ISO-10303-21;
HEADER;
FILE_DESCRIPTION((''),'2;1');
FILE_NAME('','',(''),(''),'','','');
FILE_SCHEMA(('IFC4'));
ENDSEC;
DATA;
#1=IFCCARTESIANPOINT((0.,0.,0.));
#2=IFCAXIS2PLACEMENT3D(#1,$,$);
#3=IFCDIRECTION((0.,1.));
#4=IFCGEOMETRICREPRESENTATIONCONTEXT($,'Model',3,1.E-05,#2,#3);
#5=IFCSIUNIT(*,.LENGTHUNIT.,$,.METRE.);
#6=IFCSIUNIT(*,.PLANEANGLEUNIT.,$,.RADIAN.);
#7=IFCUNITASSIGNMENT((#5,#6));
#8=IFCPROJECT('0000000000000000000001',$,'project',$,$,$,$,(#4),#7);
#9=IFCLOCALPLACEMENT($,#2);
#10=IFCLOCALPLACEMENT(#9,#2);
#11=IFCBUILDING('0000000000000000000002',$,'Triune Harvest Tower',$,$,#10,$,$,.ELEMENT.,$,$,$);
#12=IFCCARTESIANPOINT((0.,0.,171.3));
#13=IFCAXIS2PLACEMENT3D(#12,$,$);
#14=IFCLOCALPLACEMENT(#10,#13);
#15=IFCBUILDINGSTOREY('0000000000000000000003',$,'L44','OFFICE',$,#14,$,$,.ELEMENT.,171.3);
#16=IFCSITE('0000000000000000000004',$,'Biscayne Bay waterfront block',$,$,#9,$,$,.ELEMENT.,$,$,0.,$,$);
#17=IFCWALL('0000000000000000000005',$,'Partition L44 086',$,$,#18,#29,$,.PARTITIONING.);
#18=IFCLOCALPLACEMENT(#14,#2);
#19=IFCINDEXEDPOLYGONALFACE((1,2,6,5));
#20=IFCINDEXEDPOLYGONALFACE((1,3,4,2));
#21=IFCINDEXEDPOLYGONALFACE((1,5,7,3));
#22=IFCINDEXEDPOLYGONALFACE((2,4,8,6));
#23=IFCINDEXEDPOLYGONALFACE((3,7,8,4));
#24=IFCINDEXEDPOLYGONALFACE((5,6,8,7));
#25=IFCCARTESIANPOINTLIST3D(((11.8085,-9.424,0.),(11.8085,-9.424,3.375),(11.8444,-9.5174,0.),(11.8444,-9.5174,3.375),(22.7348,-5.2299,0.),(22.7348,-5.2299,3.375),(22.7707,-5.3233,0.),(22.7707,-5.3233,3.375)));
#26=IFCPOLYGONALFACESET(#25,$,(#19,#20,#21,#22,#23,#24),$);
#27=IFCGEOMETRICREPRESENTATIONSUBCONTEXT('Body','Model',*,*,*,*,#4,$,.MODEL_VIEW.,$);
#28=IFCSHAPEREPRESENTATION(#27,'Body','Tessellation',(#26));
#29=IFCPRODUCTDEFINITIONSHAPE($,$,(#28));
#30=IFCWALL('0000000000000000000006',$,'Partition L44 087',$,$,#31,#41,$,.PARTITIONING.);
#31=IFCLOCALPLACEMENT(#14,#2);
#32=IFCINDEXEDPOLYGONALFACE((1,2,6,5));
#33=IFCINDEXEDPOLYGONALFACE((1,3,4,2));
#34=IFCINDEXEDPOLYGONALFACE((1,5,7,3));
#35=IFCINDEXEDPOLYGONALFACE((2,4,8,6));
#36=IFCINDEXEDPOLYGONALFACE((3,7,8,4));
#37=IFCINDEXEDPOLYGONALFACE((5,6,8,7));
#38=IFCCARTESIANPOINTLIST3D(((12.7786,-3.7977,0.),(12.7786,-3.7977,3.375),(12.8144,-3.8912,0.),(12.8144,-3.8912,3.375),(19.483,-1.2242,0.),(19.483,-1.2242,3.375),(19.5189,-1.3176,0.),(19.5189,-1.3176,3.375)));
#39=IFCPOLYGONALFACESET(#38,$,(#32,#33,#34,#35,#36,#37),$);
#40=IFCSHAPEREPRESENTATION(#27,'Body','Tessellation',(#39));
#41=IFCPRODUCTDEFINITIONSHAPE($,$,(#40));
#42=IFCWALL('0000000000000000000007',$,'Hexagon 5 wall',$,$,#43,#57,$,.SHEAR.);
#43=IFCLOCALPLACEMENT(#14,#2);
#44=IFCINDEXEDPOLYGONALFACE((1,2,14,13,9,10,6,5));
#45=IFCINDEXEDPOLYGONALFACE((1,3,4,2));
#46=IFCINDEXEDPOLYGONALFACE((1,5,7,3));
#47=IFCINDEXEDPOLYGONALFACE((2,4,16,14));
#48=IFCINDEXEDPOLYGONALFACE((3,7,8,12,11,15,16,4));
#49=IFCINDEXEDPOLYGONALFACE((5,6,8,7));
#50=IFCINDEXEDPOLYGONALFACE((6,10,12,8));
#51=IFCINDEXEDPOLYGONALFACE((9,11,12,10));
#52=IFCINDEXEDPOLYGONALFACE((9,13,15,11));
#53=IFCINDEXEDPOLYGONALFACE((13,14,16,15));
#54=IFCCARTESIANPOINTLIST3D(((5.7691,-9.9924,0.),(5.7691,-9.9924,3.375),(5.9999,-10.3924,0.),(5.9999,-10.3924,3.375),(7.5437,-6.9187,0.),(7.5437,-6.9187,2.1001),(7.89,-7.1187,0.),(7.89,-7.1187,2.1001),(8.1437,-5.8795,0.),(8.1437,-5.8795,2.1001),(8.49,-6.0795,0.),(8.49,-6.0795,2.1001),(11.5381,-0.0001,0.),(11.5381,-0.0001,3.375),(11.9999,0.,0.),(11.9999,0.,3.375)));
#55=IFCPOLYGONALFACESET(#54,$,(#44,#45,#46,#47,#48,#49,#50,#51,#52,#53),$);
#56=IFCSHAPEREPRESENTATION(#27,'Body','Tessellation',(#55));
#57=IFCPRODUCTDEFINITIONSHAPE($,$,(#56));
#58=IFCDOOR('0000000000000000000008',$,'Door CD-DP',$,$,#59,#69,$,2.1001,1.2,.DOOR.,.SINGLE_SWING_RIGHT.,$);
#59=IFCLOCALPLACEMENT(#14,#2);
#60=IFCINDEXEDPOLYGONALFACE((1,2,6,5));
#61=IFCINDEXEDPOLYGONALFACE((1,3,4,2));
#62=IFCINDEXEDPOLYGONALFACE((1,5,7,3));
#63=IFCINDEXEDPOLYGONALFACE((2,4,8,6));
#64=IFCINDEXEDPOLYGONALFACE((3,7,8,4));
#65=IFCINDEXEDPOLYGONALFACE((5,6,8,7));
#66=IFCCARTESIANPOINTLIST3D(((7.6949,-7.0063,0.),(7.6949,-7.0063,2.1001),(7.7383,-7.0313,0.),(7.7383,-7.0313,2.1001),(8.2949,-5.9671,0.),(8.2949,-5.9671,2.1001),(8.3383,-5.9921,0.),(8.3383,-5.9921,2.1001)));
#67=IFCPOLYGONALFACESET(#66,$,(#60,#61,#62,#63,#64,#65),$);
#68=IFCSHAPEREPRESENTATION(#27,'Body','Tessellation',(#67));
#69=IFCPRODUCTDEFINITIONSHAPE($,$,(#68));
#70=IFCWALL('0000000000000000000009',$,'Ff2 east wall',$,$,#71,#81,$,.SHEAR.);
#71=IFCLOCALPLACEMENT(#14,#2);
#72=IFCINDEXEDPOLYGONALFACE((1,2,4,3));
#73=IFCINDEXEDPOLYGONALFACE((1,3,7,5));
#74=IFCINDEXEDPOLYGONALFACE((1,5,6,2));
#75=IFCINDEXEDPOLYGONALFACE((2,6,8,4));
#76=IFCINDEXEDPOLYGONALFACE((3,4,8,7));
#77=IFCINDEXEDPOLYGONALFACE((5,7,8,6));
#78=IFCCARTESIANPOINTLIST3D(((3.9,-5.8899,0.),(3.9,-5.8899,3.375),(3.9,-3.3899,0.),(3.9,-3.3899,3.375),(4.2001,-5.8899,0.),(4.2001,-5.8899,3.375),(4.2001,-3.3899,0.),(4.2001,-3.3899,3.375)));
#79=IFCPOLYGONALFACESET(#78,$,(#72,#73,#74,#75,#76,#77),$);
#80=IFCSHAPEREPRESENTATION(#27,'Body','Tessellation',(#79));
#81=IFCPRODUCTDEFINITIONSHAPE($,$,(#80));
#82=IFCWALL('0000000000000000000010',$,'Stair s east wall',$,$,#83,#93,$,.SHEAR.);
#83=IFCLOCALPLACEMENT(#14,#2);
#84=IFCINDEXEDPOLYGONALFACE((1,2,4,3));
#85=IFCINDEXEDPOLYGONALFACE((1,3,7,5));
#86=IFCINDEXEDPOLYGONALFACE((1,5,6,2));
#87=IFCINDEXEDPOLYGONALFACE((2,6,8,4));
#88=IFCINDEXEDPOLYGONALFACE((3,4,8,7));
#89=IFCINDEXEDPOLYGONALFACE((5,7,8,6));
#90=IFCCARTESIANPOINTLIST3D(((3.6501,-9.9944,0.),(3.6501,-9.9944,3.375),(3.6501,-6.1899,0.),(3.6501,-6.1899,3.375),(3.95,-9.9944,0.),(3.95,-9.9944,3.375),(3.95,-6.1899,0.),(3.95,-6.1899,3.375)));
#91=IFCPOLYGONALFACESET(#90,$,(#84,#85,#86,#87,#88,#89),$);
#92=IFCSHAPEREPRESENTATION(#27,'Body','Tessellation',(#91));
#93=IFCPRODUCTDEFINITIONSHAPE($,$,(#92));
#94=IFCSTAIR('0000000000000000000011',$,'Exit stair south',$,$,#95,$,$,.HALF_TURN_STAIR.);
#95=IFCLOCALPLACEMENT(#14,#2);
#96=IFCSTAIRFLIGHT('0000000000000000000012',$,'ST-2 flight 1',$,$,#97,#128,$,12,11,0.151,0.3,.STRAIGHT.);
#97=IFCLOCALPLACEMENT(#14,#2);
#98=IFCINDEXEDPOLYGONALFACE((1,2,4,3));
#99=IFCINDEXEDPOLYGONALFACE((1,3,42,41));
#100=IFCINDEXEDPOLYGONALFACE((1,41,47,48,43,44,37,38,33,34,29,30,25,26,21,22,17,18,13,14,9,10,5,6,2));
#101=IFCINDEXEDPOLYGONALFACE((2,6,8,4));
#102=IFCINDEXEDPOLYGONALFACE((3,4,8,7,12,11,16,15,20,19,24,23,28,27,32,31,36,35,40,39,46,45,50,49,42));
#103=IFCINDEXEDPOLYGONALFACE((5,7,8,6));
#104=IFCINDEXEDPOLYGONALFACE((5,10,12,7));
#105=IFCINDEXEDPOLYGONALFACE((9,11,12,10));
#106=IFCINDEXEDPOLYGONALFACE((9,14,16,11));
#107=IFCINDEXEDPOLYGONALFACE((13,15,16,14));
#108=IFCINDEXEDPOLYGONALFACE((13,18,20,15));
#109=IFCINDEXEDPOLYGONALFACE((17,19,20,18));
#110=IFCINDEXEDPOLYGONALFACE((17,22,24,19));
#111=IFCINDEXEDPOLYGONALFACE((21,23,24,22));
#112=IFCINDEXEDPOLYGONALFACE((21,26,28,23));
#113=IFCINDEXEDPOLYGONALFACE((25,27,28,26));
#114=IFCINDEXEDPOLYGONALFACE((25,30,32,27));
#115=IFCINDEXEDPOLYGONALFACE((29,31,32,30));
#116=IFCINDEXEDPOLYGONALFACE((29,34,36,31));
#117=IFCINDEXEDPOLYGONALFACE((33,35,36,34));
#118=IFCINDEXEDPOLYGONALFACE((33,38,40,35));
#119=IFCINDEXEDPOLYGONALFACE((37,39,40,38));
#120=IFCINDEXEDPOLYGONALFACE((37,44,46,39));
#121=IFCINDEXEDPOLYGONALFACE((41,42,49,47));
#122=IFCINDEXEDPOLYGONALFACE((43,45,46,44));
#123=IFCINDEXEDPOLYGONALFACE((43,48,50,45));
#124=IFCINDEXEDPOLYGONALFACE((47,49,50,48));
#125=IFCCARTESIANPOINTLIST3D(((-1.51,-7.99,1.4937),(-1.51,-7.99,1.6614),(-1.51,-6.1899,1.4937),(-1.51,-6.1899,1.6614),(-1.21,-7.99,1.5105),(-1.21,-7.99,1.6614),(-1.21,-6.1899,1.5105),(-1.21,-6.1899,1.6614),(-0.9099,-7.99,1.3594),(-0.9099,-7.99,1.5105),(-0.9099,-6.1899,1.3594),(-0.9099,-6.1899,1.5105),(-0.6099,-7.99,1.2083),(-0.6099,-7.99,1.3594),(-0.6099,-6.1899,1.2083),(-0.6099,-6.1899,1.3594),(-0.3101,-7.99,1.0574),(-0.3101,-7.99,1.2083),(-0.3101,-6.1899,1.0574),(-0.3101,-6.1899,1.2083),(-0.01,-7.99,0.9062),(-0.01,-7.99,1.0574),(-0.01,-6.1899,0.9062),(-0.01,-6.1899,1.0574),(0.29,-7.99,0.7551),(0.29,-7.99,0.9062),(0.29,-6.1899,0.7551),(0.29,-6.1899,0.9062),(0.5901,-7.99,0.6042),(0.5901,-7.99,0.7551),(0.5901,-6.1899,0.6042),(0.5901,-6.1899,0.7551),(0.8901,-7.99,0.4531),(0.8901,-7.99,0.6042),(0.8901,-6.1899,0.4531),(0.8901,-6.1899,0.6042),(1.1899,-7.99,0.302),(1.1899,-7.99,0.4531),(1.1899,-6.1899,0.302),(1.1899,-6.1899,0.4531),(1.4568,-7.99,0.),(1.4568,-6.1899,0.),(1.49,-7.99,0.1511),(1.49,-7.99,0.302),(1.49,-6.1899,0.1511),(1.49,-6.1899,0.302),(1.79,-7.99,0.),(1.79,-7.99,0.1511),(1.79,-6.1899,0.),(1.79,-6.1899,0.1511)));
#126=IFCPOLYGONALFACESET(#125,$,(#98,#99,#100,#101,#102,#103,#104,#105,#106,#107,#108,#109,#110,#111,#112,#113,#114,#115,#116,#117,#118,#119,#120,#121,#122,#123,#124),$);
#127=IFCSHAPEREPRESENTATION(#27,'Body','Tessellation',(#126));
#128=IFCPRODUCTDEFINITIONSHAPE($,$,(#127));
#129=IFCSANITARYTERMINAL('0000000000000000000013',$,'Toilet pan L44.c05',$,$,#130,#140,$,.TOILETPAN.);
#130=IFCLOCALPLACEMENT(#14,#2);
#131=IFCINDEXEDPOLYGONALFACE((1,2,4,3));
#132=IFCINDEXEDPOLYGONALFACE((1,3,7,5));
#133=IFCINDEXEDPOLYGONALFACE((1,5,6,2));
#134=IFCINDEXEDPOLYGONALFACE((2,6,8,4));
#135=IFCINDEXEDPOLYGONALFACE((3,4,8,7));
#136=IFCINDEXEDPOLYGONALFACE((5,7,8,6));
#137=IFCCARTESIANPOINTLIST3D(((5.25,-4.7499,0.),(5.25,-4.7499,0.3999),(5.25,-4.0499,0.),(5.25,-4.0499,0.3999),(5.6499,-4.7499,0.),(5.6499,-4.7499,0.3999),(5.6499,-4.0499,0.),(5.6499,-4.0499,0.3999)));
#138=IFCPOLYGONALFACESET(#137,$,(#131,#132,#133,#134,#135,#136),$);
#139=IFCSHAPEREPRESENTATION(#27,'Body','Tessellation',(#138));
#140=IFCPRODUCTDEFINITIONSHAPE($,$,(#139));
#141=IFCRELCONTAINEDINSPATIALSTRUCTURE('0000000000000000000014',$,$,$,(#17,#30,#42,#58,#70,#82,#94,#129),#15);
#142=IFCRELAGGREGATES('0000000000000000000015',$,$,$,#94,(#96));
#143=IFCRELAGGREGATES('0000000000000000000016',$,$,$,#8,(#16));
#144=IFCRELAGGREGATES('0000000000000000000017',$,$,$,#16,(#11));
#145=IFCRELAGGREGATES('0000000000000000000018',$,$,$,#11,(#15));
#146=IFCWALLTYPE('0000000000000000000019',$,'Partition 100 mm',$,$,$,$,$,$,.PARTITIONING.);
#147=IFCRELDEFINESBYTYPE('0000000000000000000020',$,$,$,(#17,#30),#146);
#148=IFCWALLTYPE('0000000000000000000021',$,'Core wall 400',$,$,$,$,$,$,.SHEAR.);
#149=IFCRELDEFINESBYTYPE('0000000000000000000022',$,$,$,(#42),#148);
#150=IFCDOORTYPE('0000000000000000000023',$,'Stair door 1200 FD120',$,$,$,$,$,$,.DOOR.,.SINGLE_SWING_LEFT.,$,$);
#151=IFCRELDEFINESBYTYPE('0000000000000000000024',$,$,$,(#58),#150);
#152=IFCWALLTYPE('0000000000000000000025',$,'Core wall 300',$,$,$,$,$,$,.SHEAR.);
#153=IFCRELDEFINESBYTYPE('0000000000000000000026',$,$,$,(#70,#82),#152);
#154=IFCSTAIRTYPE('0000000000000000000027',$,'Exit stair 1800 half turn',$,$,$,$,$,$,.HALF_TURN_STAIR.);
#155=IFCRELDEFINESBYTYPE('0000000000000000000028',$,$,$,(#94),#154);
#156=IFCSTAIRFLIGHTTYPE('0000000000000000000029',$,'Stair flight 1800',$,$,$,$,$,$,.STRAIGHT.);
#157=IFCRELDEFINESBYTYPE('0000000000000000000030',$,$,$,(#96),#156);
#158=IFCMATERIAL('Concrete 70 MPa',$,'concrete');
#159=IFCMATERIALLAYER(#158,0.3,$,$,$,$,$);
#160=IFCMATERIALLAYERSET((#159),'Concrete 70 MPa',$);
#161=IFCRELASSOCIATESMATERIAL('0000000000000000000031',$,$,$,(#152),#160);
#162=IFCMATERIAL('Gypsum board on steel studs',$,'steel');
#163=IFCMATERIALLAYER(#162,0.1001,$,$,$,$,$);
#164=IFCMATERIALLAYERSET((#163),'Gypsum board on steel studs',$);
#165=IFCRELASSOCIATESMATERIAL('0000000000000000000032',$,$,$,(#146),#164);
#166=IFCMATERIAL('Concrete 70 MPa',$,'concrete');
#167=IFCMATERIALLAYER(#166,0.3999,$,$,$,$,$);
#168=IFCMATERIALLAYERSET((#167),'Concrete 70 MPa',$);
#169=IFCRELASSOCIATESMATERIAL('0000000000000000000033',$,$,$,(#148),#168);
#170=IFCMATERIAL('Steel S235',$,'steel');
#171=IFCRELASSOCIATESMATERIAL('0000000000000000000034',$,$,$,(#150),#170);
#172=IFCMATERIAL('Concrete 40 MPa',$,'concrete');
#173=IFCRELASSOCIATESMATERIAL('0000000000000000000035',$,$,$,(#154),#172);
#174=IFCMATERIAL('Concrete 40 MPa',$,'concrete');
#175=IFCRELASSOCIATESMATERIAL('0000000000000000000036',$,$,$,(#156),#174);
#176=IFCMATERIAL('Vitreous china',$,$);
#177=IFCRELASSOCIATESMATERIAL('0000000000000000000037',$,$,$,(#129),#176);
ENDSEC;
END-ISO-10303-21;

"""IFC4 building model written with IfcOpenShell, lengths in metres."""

from ifc_helpers import new_model, si_unit, direction, frame, frame_2d, origin, origin_2d, place, context, subcontext, project, spatial, polyline, rectangle, outline, extrude, source, transform, mapped, material, layer, layer_set, type_object, element, fill, aggregate, save


model = new_model("IFC4")

# Units and contexts
model_context = context("Model", 3, precision=1e-05, world=origin(), true_north=direction((0.0, 1.0)))
body_context = subcontext(model_context, "Body", "Model", "MODEL_VIEW")
ifc_project = project(units=[si_unit("LENGTHUNIT", "METRE"), si_unit("PLANEANGLEUNIT", "RADIAN")], contexts=[model_context])

# Site, building, storey
site_placement = place(None, origin())
site = spatial("IfcSite", under=ifc_project, at=site_placement, Name="Biscayne Bay waterfront block", CompositionType="ELEMENT", RefElevation=0.0)
building_placement = place(site_placement, origin())
building = spatial("IfcBuilding", under=site, at=building_placement, Name="Triune Harvest Tower", CompositionType="ELEMENT")
storey_placement = place(building_placement, frame((0.0, 0.0, 171.3)))
storey = spatial("IfcBuildingStorey", under=building, at=storey_placement, Name="L44", Description="OFFICE", CompositionType="ELEMENT", Elevation=171.3)

# Shared definitions
ifc_material_1 = material(Name="Concrete 70 MPa", Category="concrete")
ifc_layer_1 = layer(ifc_material_1, 0.3)
ifc_layer_set_1 = layer_set([ifc_layer_1], Name="Concrete 70 MPa")
wall_type_1 = type_object("IfcWallType", Name="Core wall 300", PredefinedType="SHEAR", material=ifc_layer_set_1)

# Walls
ifc_material_2 = material(Name="Gypsum board on steel studs", Category="steel")
ifc_layer_2 = layer(ifc_material_2, 0.1001)
ifc_layer_set_2 = layer_set([ifc_layer_2], Name="Gypsum board on steel studs")
wall_type_2 = type_object("IfcWallType", Name="Partition 100 mm", PredefinedType="PARTITIONING", material=ifc_layer_set_2)
wall_1_placement = place(storey_placement, frame((11.8264, -9.4707, 0.0), z_axis=(0.0, 0.0, 1.0), x_axis=(0.933584, 0.35836, 0.0)))
element("IfcWall", 1, at=wall_1_placement, inside=storey, type_object=wall_type_2, Name="Partition L44 086", PredefinedType="PARTITIONING", context=body_context, shape_type="SweptSolid", body=[
    extrude(rectangle(XDim=11.7036, YDim=0.1001, at=frame_2d((5.8518, 0.0))), origin(), (0.0, 0.0, 1.0), 3.375),
])
wall_2_placement = place(storey_placement, frame((12.7964, -3.8445, 0.0), z_axis=(0.0, 0.0, 1.0), x_axis=(0.933584, 0.358359, 0.0)))
element("IfcWall", 2, at=wall_2_placement, inside=storey, type_object=wall_type_2, Name="Partition L44 087", PredefinedType="PARTITIONING", context=body_context, shape_type="SweptSolid", body=[
    extrude(rectangle(XDim=7.1814, YDim=0.1001, at=frame_2d((3.5908, 0.0))), origin(), (0.0, 0.0, 1.0), 3.375),
])

# Wall, opening, door
ifc_material_3 = material(Name="Concrete 70 MPa", Category="concrete")
ifc_layer_3 = layer(ifc_material_3, 0.3999)
ifc_layer_set_3 = layer_set([ifc_layer_3], Name="Concrete 70 MPa")
wall_type_3 = type_object("IfcWallType", Name="Core wall 400", PredefinedType="SHEAR", material=ifc_layer_set_3)
shared_shape_1 = source(origin(), body_context, "Body", "SweptSolid", [
    extrude(outline(polyline([(-0.1155, -0.2), (11.8845, -0.2), (11.6536, 0.2), (0.1155, 0.2), (-0.1155, -0.2)])), origin(), (0.0, 0.0, 1.0), 3.375),
])
wall_3_placement = place(storey_placement, frame((5.8845, -10.1924, 0.0), z_axis=(0.0, 0.0, 1.0), x_axis=(0.499997, 0.866027, 0.0)))
wall_3 = element("IfcWall", 3, at=wall_3_placement, inside=storey, type_object=wall_type_3, Name="Hexagon 5 wall", PredefinedType="SHEAR", context=body_context, shape_type="MappedRepresentation", body=[
    mapped(shared_shape_1, transform((0.0, 0.0, 0.0), scale=1.0)),
])
opening_1_placement = place(wall_3_placement, frame((3.6646, 0.0, 0.0)))
opening_1 = element("IfcOpeningElement", 4, at=opening_1_placement, cuts=wall_3, PredefinedType="OPENING", context=body_context, shape_type="SweptSolid", body=[
    extrude(rectangle(XDim=1.2, YDim=2.1001, at=frame_2d((0.6001, 1.05))), frame((0.0, 0.21, 0.0), z_axis=(0.0, -1.0, 0.0), x_axis=(1.0, 0.0, 0.0)), (0.0, 0.0, 1.0), 0.4199),
])
ifc_material_4 = material(Name="Steel S235", Category="steel")
door_type_1 = type_object("IfcDoorType", Name="Stair door 1200 FD120", OperationType="SINGLE_SWING_LEFT", PredefinedType="DOOR", material=ifc_material_4)
door_1_placement = place(opening_1_placement, frame((1.2, 0.0, 0.0), z_axis=(0.0, 0.0, 1.0), x_axis=(-1.0, 0.0, 0.0)))
door_1 = element("IfcDoor", 5, at=door_1_placement, inside=storey, type_object=door_type_1, Name="Door CD-DP", OperationType="SINGLE_SWING_RIGHT", OverallHeight=2.1001, OverallWidth=1.2, PredefinedType="DOOR", context=body_context, shape_type="SweptSolid", body=[
    extrude(rectangle(XDim=1.2, YDim=2.1001, at=frame_2d((0.6001, 1.05))), frame((0.0, 0.0249, 0.0), z_axis=(0.0, -1.0, 0.0), x_axis=(1.0, 0.0, 0.0)), (0.0, 0.0, 1.0), 0.05),
])
fill(opening_1, door_1)

# Walls
shared_shape_2 = source(origin(), body_context, "Body", "SweptSolid", [
    extrude(rectangle(XDim=2.5, YDim=0.3, at=frame_2d((1.25, 0.0))), origin(), (0.0, 0.0, 1.0), 3.375),
])
wall_4_placement = place(storey_placement, frame((4.05, -5.8899, 0.0), z_axis=(0.0, 0.0, 1.0), x_axis=(0.0, 1.0, 0.0)))
element("IfcWall", 6, at=wall_4_placement, inside=storey, type_object=wall_type_1, Name="Ff2 east wall", PredefinedType="SHEAR", context=body_context, shape_type="MappedRepresentation", body=[
    mapped(shared_shape_2, transform((0.0, 0.0, 0.0), scale=1.0)),
])
shared_shape_3 = source(origin(), body_context, "Body", "SweptSolid", [
    extrude(outline(polyline([(3.8, -0.1499), (-0.0044, -0.1499), (-0.0044, 0.1499), (3.8, 0.1499), (3.8, -0.1499)])), origin(), (0.0, 0.0, 1.0), 3.375),
])
wall_5_placement = place(storey_placement, frame((3.8, -9.99, 0.0), z_axis=(0.0, 0.0, 1.0), x_axis=(0.0, 1.0, 0.0)))
element("IfcWall", 7, at=wall_5_placement, inside=storey, type_object=wall_type_1, Name="Stair s east wall", PredefinedType="SHEAR", context=body_context, shape_type="MappedRepresentation", body=[
    mapped(shared_shape_3, transform((0.0, 0.0, 0.0), scale=1.0)),
])

# Stair, stair flight
ifc_material_5 = material(Name="Concrete 40 MPa", Category="concrete")
stair_type = type_object("IfcStairType", Name="Exit stair 1800 half turn", PredefinedType="HALF_TURN_STAIR", material=ifc_material_5)
stair_placement = place(storey_placement, origin())
stair = element("IfcStair", 8, at=stair_placement, inside=storey, type_object=stair_type, Name="Exit stair south", PredefinedType="HALF_TURN_STAIR")
ifc_material_6 = material(Name="Concrete 40 MPa", Category="concrete")
stair_flight_type = type_object("IfcStairFlightType", Name="Stair flight 1800", PredefinedType="STRAIGHT", material=ifc_material_6)
shared_shape_4 = source(origin(), body_context, "Body", "SweptSolid", [
    extrude(outline(polyline([(0.0, 0.0), (0.0, 0.1511), (0.3, 0.1511), (0.3, 0.302), (0.6001, 0.302), (0.6001, 0.4531), (0.8999, 0.4531), (0.8999, 0.6042), (1.2, 0.6042), (1.2, 0.7551), (1.5, 0.7551), (1.5, 0.9062), (1.8, 0.9062), (1.8, 1.0574), (2.1001, 1.0574), (2.1001, 1.2083), (2.3999, 1.2083), (2.3999, 1.3594), (2.7, 1.3594), (2.7, 1.5105), (3.0, 1.5105), (3.0, 1.6614), (3.3, 1.6614), (3.3, 1.8125), (3.3, 1.4937), (0.3333, 0.0), (0.0, 0.0)])), frame((0.0, 0.8999, 0.0), z_axis=(0.0, -1.0, 0.0), x_axis=(1.0, 0.0, 0.0)), (0.0, 0.0, 1.0), 1.8),
])
stair_flight_placement = place(storey_placement, frame((1.79, -7.0901, 0.0), z_axis=(0.0, 0.0, 1.0), x_axis=(-1.0, 0.0, 0.0)))
stair_flight = element("IfcStairFlight", 9, at=stair_flight_placement, type_object=stair_flight_type, Name="ST-2 flight 1", NumberOfRisers=12, NumberOfTreads=11, PredefinedType="STRAIGHT", RiserHeight=0.151, TreadLength=0.3, context=body_context, shape_type="MappedRepresentation", body=[
    mapped(shared_shape_4, transform((0.0, 0.0, 0.0), scale=1.0)),
])
aggregate(stair, [stair_flight])

# Sanitary terminal
ifc_material_7 = material(Name="Vitreous china")
shared_shape_5 = source(origin(), body_context, "Body", "SweptSolid", [
    extrude(rectangle(XDim=0.3999, YDim=0.7, at=origin_2d()), origin(), (0.0, 0.0, 1.0), 0.3999),
])
sanitary_terminal_placement = place(storey_placement, frame((5.45, -4.3999, 0.0), z_axis=(0.0, 0.0, 1.0), x_axis=(1.0, 0.0, 0.0)))
element("IfcSanitaryTerminal", 10, at=sanitary_terminal_placement, inside=storey, material=ifc_material_7, Name="Toilet pan L44.c05", PredefinedType="TOILETPAN", context=body_context, shape_type="MappedRepresentation", body=[
    mapped(shared_shape_5, transform((0.0, 0.0, 0.0), scale=1.0)),
])

save(model, "model.ifc")
